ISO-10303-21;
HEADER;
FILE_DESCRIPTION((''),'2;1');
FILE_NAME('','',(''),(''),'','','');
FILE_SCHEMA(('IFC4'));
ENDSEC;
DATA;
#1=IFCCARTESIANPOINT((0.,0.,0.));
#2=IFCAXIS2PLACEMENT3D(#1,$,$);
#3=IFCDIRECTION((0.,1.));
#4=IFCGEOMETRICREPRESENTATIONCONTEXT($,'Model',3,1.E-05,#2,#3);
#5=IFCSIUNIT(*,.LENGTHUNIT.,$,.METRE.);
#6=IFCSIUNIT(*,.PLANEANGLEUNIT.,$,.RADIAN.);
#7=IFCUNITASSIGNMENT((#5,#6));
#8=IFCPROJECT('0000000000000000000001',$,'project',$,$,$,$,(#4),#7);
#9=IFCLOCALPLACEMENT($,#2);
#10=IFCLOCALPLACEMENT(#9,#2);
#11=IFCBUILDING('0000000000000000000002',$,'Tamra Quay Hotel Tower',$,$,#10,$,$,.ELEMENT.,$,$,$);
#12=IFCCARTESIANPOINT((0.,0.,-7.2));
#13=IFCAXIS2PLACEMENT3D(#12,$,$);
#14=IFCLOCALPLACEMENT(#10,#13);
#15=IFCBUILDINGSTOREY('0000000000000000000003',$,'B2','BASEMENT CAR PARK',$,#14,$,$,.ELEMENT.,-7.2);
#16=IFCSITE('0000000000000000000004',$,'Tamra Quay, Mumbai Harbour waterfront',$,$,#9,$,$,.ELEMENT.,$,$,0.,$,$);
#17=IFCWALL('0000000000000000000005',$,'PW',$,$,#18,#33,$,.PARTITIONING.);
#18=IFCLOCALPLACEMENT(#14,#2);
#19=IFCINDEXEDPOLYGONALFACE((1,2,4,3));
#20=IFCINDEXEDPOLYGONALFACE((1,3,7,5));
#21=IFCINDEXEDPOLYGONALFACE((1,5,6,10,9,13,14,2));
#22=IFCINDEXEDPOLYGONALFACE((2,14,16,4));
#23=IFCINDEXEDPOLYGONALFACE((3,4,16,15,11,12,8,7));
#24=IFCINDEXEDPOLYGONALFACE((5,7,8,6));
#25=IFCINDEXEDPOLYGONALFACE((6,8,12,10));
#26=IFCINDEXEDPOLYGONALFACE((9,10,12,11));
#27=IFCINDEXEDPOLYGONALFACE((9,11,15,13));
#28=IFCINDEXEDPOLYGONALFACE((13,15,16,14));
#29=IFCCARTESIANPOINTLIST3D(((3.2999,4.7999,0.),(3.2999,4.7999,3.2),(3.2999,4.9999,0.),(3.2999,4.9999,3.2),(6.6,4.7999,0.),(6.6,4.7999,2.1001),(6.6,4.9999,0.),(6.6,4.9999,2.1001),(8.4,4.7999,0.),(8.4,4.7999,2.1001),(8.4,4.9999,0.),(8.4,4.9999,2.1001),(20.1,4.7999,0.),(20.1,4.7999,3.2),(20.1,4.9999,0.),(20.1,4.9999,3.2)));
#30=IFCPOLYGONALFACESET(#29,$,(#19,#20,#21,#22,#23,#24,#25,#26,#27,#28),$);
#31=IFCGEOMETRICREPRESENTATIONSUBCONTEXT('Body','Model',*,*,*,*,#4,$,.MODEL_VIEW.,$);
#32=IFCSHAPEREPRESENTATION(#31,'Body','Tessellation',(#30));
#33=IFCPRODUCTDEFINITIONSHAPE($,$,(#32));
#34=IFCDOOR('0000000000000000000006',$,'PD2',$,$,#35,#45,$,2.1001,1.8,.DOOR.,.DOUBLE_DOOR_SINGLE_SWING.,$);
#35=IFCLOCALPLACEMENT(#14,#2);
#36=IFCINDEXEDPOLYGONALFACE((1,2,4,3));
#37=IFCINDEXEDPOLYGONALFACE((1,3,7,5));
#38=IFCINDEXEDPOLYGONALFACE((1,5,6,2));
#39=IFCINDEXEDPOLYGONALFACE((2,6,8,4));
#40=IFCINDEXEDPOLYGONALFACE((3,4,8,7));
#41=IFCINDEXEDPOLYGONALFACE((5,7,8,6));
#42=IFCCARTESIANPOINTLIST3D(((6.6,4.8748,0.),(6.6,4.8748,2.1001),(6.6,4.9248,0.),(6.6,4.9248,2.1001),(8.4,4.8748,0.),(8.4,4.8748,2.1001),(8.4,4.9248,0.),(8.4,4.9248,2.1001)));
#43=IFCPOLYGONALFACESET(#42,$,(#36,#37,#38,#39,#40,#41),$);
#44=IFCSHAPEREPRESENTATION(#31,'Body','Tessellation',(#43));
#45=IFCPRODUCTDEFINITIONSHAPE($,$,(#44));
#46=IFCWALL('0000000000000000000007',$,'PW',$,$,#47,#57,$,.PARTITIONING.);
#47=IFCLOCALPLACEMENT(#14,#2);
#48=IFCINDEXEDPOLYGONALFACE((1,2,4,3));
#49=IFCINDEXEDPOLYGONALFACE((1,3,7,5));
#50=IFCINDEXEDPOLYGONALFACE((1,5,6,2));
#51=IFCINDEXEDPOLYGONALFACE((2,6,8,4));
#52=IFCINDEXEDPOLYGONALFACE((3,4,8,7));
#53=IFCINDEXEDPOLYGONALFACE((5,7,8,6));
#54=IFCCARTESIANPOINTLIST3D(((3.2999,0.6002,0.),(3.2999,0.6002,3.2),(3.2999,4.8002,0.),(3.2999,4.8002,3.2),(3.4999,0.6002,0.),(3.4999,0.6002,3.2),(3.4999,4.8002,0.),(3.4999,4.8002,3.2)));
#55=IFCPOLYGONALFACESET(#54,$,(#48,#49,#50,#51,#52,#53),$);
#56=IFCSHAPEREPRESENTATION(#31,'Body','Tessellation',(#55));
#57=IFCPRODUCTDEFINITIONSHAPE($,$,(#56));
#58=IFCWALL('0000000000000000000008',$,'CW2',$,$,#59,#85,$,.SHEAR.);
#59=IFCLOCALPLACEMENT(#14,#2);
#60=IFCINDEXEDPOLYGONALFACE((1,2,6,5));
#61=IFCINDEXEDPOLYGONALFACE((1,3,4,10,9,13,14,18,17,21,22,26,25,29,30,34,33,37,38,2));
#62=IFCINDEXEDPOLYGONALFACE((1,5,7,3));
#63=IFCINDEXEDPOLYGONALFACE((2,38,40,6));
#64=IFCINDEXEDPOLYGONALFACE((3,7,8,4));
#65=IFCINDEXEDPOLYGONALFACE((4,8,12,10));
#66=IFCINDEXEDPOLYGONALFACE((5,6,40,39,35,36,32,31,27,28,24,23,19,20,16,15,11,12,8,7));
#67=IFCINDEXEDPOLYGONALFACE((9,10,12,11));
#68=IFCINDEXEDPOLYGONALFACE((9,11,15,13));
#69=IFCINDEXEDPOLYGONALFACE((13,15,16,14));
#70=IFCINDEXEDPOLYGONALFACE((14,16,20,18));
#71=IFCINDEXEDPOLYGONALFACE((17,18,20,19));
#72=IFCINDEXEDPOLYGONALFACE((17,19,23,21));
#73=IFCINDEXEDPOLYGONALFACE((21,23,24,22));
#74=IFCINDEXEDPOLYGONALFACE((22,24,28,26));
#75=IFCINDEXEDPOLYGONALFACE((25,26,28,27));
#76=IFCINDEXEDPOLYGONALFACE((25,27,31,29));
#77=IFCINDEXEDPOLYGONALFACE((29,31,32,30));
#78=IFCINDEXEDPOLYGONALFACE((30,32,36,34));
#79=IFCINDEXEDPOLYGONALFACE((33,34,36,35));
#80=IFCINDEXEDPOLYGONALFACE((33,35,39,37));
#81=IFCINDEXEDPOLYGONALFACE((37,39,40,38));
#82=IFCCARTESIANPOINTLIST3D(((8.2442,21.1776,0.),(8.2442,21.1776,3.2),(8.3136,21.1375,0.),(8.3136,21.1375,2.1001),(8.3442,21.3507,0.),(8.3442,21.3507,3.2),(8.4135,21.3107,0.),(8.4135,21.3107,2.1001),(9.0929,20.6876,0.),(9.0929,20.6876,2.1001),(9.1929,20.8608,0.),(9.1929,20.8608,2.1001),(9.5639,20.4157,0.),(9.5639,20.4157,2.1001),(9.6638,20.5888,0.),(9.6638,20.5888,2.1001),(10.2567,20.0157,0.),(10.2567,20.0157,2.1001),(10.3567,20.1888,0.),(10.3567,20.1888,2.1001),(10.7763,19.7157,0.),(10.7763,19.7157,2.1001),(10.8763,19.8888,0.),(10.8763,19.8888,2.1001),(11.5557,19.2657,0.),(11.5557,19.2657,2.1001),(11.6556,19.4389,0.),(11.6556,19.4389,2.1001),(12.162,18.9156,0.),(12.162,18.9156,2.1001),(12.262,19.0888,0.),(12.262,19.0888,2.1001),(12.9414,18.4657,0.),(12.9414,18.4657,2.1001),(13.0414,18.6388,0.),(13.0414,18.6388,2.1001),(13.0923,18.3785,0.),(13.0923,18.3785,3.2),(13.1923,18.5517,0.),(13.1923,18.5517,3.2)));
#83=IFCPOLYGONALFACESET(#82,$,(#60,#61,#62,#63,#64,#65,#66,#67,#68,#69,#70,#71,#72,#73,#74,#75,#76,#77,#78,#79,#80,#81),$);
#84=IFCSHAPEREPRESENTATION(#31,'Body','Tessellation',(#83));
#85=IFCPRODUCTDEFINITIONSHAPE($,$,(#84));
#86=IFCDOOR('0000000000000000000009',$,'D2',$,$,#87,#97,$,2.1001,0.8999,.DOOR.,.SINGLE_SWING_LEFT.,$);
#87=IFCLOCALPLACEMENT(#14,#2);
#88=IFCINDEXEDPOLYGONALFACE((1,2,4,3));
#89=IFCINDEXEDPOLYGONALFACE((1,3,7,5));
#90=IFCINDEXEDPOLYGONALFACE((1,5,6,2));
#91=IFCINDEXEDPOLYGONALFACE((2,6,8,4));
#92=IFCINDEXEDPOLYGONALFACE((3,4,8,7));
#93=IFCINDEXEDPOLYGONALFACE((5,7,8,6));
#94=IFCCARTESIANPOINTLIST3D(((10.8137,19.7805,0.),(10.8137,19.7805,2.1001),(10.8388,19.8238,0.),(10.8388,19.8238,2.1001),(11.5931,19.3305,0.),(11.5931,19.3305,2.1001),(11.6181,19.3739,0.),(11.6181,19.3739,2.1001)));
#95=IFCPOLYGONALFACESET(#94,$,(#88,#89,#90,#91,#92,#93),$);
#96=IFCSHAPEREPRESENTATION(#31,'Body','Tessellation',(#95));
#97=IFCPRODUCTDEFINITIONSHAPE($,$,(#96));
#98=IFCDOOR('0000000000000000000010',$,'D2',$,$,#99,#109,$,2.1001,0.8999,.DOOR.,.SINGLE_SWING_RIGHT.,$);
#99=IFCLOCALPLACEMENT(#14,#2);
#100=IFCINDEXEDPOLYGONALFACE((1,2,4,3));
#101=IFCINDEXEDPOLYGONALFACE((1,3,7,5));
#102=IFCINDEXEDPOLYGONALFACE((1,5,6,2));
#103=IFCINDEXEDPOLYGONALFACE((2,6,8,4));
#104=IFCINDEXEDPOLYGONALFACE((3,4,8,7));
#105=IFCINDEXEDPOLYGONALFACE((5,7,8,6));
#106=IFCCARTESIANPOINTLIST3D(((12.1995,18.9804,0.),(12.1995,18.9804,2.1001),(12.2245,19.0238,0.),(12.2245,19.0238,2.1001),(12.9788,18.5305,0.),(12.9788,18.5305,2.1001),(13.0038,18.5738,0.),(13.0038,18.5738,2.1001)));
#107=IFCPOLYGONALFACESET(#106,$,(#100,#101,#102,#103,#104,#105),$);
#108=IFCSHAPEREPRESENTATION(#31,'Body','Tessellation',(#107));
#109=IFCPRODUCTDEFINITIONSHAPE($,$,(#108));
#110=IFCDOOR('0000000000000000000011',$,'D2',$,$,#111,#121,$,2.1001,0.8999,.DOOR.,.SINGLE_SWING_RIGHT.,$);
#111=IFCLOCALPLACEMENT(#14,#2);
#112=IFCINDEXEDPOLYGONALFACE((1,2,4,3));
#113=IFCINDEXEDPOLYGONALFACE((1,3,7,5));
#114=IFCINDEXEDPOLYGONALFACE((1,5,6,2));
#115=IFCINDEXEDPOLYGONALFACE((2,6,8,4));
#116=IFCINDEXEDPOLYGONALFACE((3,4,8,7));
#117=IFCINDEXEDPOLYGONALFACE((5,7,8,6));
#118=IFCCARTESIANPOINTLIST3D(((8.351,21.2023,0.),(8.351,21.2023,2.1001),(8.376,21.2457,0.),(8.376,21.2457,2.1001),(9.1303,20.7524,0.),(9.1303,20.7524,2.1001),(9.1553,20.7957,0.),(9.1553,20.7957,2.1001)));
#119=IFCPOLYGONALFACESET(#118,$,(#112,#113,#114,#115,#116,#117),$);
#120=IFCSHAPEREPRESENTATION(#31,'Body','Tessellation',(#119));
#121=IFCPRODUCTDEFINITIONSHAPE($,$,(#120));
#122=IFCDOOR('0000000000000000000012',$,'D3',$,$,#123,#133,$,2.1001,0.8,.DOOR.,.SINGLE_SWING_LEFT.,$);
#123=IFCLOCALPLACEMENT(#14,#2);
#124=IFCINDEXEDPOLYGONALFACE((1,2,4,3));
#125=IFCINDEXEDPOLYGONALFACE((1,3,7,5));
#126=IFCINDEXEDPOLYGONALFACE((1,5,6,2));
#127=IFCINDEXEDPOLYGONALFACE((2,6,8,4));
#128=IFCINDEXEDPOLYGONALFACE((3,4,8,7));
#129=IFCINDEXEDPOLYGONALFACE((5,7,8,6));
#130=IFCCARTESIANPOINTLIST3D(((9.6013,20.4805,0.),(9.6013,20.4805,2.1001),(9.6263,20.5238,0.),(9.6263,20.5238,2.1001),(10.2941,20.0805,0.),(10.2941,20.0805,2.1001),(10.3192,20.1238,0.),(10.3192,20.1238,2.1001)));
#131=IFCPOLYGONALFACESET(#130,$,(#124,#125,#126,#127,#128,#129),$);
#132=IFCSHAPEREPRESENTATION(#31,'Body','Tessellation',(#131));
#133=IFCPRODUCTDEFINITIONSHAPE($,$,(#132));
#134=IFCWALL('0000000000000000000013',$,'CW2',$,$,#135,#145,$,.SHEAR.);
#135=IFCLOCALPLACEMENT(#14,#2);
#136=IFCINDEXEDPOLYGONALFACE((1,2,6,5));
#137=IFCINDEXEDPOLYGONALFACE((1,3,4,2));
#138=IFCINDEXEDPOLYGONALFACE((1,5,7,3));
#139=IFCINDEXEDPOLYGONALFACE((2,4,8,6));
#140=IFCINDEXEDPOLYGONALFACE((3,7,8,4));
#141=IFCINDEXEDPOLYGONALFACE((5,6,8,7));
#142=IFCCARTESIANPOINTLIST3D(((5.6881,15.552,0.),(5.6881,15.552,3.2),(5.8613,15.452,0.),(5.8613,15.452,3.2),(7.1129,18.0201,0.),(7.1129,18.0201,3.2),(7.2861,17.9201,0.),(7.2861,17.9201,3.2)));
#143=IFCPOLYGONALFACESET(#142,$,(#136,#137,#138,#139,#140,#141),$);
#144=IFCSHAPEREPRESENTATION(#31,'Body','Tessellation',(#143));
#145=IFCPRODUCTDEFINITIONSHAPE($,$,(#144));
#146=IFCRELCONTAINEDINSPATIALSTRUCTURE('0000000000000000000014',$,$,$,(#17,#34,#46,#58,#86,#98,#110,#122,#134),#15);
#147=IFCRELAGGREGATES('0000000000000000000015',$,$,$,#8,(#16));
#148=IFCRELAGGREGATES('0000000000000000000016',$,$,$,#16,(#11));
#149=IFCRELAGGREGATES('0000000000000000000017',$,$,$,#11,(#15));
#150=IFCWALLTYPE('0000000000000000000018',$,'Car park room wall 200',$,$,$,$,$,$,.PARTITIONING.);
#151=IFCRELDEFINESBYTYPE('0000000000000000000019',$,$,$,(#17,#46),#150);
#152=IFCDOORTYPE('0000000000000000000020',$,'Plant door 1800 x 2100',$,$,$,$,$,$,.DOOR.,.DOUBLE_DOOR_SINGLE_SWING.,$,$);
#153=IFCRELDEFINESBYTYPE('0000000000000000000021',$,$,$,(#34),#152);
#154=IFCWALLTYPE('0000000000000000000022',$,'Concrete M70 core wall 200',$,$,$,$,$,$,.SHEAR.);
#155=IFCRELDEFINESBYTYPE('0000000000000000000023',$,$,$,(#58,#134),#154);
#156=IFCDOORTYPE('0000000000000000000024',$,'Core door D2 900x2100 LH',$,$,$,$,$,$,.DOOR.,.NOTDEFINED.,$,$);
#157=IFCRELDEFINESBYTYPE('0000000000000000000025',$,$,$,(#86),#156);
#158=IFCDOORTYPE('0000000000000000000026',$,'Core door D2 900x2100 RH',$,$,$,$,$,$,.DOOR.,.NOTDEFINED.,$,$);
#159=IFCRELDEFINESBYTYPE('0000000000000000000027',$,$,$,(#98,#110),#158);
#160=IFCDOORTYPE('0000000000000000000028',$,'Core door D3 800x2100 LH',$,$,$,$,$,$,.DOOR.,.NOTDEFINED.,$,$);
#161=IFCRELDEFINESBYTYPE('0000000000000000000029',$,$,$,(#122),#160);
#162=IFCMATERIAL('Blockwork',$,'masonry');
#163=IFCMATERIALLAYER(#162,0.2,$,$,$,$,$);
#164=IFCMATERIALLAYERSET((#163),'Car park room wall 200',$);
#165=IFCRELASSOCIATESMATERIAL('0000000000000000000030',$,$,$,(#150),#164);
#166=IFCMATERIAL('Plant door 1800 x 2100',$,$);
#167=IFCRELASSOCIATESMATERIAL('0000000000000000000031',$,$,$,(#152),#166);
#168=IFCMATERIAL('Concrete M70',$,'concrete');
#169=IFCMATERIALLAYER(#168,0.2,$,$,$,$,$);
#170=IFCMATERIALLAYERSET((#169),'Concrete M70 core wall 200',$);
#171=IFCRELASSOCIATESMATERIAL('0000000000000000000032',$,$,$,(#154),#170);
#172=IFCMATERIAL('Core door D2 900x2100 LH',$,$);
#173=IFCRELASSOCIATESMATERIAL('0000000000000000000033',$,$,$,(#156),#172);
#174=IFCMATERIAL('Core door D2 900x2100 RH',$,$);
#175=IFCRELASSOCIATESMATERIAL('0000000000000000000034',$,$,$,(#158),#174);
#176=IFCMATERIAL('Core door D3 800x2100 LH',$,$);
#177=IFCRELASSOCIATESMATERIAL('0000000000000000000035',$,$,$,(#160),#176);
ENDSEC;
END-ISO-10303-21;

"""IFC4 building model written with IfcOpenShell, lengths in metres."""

from ifc_helpers import new_model, si_unit, direction, frame, frame_2d, origin, place, context, subcontext, project, spatial, rectangle, extrude, material, layer, layer_set, type_object, element, fill, save


model = new_model("IFC4")

# Units and contexts
model_context = context("Model", 3, precision=1e-05, world=origin(), true_north=direction((0.0, 1.0)))
body_context = subcontext(model_context, "Body", "Model", "MODEL_VIEW")
ifc_project = project(units=[si_unit("LENGTHUNIT", "METRE"), si_unit("PLANEANGLEUNIT", "RADIAN")], contexts=[model_context])

# Site, building, storey
site_placement = place(None, origin())
site = spatial("IfcSite", under=ifc_project, at=site_placement, Name="Tamra Quay, Mumbai Harbour waterfront", CompositionType="ELEMENT", RefElevation=0.0)
building_placement = place(site_placement, origin())
building = spatial("IfcBuilding", under=site, at=building_placement, Name="Tamra Quay Hotel Tower", CompositionType="ELEMENT")
storey_placement = place(building_placement, frame((0.0, 0.0, -7.2)))
storey = spatial("IfcBuildingStorey", under=building, at=storey_placement, Name="B2", Description="BASEMENT CAR PARK", CompositionType="ELEMENT", Elevation=-7.2)

# Wall, opening, door
ifc_material_1 = material(Name="Blockwork", Category="masonry")
ifc_layer_1 = layer(ifc_material_1, 0.2)
ifc_layer_set_1 = layer_set([ifc_layer_1], Name="Car park room wall 200")
wall_type_1 = type_object("IfcWallType", Name="Car park room wall 200", PredefinedType="PARTITIONING", material=ifc_layer_set_1)
wall_1_placement = place(storey_placement, frame((3.3, 4.8999, 0.0), z_axis=(0.0, 0.0, 1.0), x_axis=(1.0, 0.0, 0.0)))
wall_1 = element("IfcWall", 1, at=wall_1_placement, inside=storey, type_object=wall_type_1, Name="PW", PredefinedType="PARTITIONING", context=body_context, shape_type="SweptSolid", body=[
    extrude(rectangle(XDim=16.8, YDim=0.2, at=frame_2d((8.3999, 0.0))), origin(), (0.0, 0.0, 1.0), 3.2),
])
opening_1_placement = place(wall_1_placement, frame((3.3, 0.0, 0.0)))
opening_1 = element("IfcOpeningElement", 2, at=opening_1_placement, cuts=wall_1, PredefinedType="OPENING", context=body_context, shape_type="SweptSolid", body=[
    extrude(rectangle(XDim=1.8, YDim=2.1001, at=frame_2d((0.8999, 1.05))), frame((0.0, 0.1099, 0.0), z_axis=(0.0, -1.0, 0.0), x_axis=(1.0, 0.0, 0.0)), (0.0, 0.0, 1.0), 0.22),
])
ifc_material_2 = material(Name="Plant door 1800 x 2100")
door_type_1 = type_object("IfcDoorType", Name="Plant door 1800 x 2100", OperationType="DOUBLE_DOOR_SINGLE_SWING", PredefinedType="DOOR", material=ifc_material_2)
door_1_placement = place(opening_1_placement, origin())
door_1 = element("IfcDoor", 3, at=door_1_placement, inside=storey, type_object=door_type_1, Name="PD2", OperationType="DOUBLE_DOOR_SINGLE_SWING", OverallHeight=2.1001, OverallWidth=1.8, PredefinedType="DOOR", context=body_context, shape_type="SweptSolid", body=[
    extrude(rectangle(XDim=1.8, YDim=2.1001, at=frame_2d((0.8999, 1.05))), frame((0.0, 0.0249, 0.0), z_axis=(0.0, -1.0, 0.0), x_axis=(1.0, 0.0, 0.0)), (0.0, 0.0, 1.0), 0.05),
])
fill(opening_1, door_1)

# Wall
wall_2_placement = place(storey_placement, frame((3.3999, 0.6001, 0.0), z_axis=(0.0, 0.0, 1.0), x_axis=(0.0, 1.0, 0.0)))
element("IfcWall", 4, at=wall_2_placement, inside=storey, type_object=wall_type_1, Name="PW", PredefinedType="PARTITIONING", context=body_context, shape_type="SweptSolid", body=[
    extrude(rectangle(XDim=4.2, YDim=0.2, at=frame_2d((2.1001, 0.0))), origin(), (0.0, 0.0, 1.0), 3.2),
])

# Wall, openings, doors
ifc_material_3 = material(Name="Concrete M70", Category="concrete")
ifc_layer_2 = layer(ifc_material_3, 0.2)
ifc_layer_set_2 = layer_set([ifc_layer_2], Name="Concrete M70 core wall 200")
wall_type_2 = type_object("IfcWallType", Name="Concrete M70 core wall 200", PredefinedType="SHEAR", material=ifc_layer_set_2)
wall_3_placement = place(storey_placement, frame((8.2942, 21.2642, 0.0), z_axis=(0.0, 0.0, 1.0), x_axis=(0.866026, -0.499999, 0.0)))
wall_3 = element("IfcWall", 5, at=wall_3_placement, inside=storey, type_object=wall_type_2, Name="CW2", PredefinedType="SHEAR", context=body_context, shape_type="SweptSolid", body=[
    extrude(rectangle(XDim=5.5981, YDim=0.2, at=frame_2d((2.7991, 0.0))), origin(), (0.0, 0.0, 1.0), 3.2),
])
opening_2_placement = place(wall_3_placement, frame((4.5239, 0.0, 0.0)))
opening_2 = element("IfcOpeningElement", 6, at=opening_2_placement, cuts=wall_3, PredefinedType="OPENING", context=body_context, shape_type="SweptSolid", body=[
    extrude(rectangle(XDim=0.8999, YDim=2.1001, at=frame_2d((0.45, 1.05))), frame((0.0, 0.1099, 0.0), z_axis=(0.0, -1.0, 0.0), x_axis=(1.0, 0.0, 0.0)), (0.0, 0.0, 1.0), 0.22),
])
opening_3_placement = place(wall_3_placement, frame((2.9238, 0.0, 0.0)))
opening_3 = element("IfcOpeningElement", 7, at=opening_3_placement, cuts=wall_3, PredefinedType="OPENING", context=body_context, shape_type="SweptSolid", body=[
    extrude(rectangle(XDim=0.8999, YDim=2.1001, at=frame_2d((0.45, 1.05))), frame((0.0, 0.1099, 0.0), z_axis=(0.0, -1.0, 0.0), x_axis=(1.0, 0.0, 0.0)), (0.0, 0.0, 1.0), 0.22),
])
opening_4_placement = place(wall_3_placement, frame((1.5239, 0.0, 0.0)))
opening_4 = element("IfcOpeningElement", 8, at=opening_4_placement, cuts=wall_3, PredefinedType="OPENING", context=body_context, shape_type="SweptSolid", body=[
    extrude(rectangle(XDim=0.8, YDim=2.1001, at=frame_2d((0.3999, 1.05))), frame((0.0, 0.1099, 0.0), z_axis=(0.0, -1.0, 0.0), x_axis=(1.0, 0.0, 0.0)), (0.0, 0.0, 1.0), 0.22),
])
opening_5_placement = place(wall_3_placement, frame((0.0801, 0.0, 0.0)))
opening_5 = element("IfcOpeningElement", 9, at=opening_5_placement, cuts=wall_3, PredefinedType="OPENING", context=body_context, shape_type="SweptSolid", body=[
    extrude(rectangle(XDim=0.8999, YDim=2.1001, at=frame_2d((0.45, 1.05))), frame((0.0, 0.1099, 0.0), z_axis=(0.0, -1.0, 0.0), x_axis=(1.0, 0.0, 0.0)), (0.0, 0.0, 1.0), 0.22),
])
ifc_material_4 = material(Name="Core door D2 900x2100 LH")
door_type_2 = type_object("IfcDoorType", Name="Core door D2 900x2100 LH", OperationType="NOTDEFINED", PredefinedType="DOOR", material=ifc_material_4)
door_2_placement = place(opening_3_placement, origin())
door_2 = element("IfcDoor", 10, at=door_2_placement, inside=storey, type_object=door_type_2, Name="D2", OperationType="SINGLE_SWING_LEFT", OverallHeight=2.1001, OverallWidth=0.8999, PredefinedType="DOOR", context=body_context, shape_type="SweptSolid", body=[
    extrude(rectangle(XDim=0.8999, YDim=2.1001, at=frame_2d((0.45, 1.05))), frame((0.0, 0.0249, 0.0), z_axis=(0.0, -1.0, 0.0), x_axis=(1.0, 0.0, 0.0)), (0.0, 0.0, 1.0), 0.05),
])
fill(opening_3, door_2)
ifc_material_5 = material(Name="Core door D2 900x2100 RH")
door_type_3 = type_object("IfcDoorType", Name="Core door D2 900x2100 RH", OperationType="NOTDEFINED", PredefinedType="DOOR", material=ifc_material_5)
door_3_placement = place(opening_2_placement, origin())
door_3 = element("IfcDoor", 11, at=door_3_placement, inside=storey, type_object=door_type_3, Name="D2", OperationType="SINGLE_SWING_RIGHT", OverallHeight=2.1001, OverallWidth=0.8999, PredefinedType="DOOR", context=body_context, shape_type="SweptSolid", body=[
    extrude(rectangle(XDim=0.8999, YDim=2.1001, at=frame_2d((0.45, 1.05))), frame((0.0, 0.0249, 0.0), z_axis=(0.0, -1.0, 0.0), x_axis=(1.0, 0.0, 0.0)), (0.0, 0.0, 1.0), 0.05),
])
fill(opening_2, door_3)
door_4_placement = place(opening_5_placement, origin())
door_4 = element("IfcDoor", 12, at=door_4_placement, inside=storey, type_object=door_type_3, Name="D2", OperationType="SINGLE_SWING_RIGHT", OverallHeight=2.1001, OverallWidth=0.8999, PredefinedType="DOOR", context=body_context, shape_type="SweptSolid", body=[
    extrude(rectangle(XDim=0.8999, YDim=2.1001, at=frame_2d((0.45, 1.05))), frame((0.0, 0.0249, 0.0), z_axis=(0.0, -1.0, 0.0), x_axis=(1.0, 0.0, 0.0)), (0.0, 0.0, 1.0), 0.05),
])
fill(opening_5, door_4)
ifc_material_6 = material(Name="Core door D3 800x2100 LH")
door_type_4 = type_object("IfcDoorType", Name="Core door D3 800x2100 LH", OperationType="NOTDEFINED", PredefinedType="DOOR", material=ifc_material_6)
door_5_placement = place(opening_4_placement, origin())
door_5 = element("IfcDoor", 13, at=door_5_placement, inside=storey, type_object=door_type_4, Name="D3", OperationType="SINGLE_SWING_LEFT", OverallHeight=2.1001, OverallWidth=0.8, PredefinedType="DOOR", context=body_context, shape_type="SweptSolid", body=[
    extrude(rectangle(XDim=0.8, YDim=2.1001, at=frame_2d((0.3999, 1.05))), frame((0.0, 0.0249, 0.0), z_axis=(0.0, -1.0, 0.0), x_axis=(1.0, 0.0, 0.0)), (0.0, 0.0, 1.0), 0.05),
])
fill(opening_4, door_5)

# Wall
wall_4_placement = place(storey_placement, frame((7.1995, 17.97, 0.0), z_axis=(0.0, 0.0, 1.0), x_axis=(-0.499972, -0.866041, 0.0)))
element("IfcWall", 14, at=wall_4_placement, inside=storey, type_object=wall_type_2, Name="CW2", PredefinedType="SHEAR", context=body_context, shape_type="SweptSolid", body=[
    extrude(rectangle(XDim=2.8499, YDim=0.2, at=frame_2d((1.4248, 0.0))), origin(), (0.0, 0.0, 1.0), 3.2),
])

save(model, "model.ifc")
